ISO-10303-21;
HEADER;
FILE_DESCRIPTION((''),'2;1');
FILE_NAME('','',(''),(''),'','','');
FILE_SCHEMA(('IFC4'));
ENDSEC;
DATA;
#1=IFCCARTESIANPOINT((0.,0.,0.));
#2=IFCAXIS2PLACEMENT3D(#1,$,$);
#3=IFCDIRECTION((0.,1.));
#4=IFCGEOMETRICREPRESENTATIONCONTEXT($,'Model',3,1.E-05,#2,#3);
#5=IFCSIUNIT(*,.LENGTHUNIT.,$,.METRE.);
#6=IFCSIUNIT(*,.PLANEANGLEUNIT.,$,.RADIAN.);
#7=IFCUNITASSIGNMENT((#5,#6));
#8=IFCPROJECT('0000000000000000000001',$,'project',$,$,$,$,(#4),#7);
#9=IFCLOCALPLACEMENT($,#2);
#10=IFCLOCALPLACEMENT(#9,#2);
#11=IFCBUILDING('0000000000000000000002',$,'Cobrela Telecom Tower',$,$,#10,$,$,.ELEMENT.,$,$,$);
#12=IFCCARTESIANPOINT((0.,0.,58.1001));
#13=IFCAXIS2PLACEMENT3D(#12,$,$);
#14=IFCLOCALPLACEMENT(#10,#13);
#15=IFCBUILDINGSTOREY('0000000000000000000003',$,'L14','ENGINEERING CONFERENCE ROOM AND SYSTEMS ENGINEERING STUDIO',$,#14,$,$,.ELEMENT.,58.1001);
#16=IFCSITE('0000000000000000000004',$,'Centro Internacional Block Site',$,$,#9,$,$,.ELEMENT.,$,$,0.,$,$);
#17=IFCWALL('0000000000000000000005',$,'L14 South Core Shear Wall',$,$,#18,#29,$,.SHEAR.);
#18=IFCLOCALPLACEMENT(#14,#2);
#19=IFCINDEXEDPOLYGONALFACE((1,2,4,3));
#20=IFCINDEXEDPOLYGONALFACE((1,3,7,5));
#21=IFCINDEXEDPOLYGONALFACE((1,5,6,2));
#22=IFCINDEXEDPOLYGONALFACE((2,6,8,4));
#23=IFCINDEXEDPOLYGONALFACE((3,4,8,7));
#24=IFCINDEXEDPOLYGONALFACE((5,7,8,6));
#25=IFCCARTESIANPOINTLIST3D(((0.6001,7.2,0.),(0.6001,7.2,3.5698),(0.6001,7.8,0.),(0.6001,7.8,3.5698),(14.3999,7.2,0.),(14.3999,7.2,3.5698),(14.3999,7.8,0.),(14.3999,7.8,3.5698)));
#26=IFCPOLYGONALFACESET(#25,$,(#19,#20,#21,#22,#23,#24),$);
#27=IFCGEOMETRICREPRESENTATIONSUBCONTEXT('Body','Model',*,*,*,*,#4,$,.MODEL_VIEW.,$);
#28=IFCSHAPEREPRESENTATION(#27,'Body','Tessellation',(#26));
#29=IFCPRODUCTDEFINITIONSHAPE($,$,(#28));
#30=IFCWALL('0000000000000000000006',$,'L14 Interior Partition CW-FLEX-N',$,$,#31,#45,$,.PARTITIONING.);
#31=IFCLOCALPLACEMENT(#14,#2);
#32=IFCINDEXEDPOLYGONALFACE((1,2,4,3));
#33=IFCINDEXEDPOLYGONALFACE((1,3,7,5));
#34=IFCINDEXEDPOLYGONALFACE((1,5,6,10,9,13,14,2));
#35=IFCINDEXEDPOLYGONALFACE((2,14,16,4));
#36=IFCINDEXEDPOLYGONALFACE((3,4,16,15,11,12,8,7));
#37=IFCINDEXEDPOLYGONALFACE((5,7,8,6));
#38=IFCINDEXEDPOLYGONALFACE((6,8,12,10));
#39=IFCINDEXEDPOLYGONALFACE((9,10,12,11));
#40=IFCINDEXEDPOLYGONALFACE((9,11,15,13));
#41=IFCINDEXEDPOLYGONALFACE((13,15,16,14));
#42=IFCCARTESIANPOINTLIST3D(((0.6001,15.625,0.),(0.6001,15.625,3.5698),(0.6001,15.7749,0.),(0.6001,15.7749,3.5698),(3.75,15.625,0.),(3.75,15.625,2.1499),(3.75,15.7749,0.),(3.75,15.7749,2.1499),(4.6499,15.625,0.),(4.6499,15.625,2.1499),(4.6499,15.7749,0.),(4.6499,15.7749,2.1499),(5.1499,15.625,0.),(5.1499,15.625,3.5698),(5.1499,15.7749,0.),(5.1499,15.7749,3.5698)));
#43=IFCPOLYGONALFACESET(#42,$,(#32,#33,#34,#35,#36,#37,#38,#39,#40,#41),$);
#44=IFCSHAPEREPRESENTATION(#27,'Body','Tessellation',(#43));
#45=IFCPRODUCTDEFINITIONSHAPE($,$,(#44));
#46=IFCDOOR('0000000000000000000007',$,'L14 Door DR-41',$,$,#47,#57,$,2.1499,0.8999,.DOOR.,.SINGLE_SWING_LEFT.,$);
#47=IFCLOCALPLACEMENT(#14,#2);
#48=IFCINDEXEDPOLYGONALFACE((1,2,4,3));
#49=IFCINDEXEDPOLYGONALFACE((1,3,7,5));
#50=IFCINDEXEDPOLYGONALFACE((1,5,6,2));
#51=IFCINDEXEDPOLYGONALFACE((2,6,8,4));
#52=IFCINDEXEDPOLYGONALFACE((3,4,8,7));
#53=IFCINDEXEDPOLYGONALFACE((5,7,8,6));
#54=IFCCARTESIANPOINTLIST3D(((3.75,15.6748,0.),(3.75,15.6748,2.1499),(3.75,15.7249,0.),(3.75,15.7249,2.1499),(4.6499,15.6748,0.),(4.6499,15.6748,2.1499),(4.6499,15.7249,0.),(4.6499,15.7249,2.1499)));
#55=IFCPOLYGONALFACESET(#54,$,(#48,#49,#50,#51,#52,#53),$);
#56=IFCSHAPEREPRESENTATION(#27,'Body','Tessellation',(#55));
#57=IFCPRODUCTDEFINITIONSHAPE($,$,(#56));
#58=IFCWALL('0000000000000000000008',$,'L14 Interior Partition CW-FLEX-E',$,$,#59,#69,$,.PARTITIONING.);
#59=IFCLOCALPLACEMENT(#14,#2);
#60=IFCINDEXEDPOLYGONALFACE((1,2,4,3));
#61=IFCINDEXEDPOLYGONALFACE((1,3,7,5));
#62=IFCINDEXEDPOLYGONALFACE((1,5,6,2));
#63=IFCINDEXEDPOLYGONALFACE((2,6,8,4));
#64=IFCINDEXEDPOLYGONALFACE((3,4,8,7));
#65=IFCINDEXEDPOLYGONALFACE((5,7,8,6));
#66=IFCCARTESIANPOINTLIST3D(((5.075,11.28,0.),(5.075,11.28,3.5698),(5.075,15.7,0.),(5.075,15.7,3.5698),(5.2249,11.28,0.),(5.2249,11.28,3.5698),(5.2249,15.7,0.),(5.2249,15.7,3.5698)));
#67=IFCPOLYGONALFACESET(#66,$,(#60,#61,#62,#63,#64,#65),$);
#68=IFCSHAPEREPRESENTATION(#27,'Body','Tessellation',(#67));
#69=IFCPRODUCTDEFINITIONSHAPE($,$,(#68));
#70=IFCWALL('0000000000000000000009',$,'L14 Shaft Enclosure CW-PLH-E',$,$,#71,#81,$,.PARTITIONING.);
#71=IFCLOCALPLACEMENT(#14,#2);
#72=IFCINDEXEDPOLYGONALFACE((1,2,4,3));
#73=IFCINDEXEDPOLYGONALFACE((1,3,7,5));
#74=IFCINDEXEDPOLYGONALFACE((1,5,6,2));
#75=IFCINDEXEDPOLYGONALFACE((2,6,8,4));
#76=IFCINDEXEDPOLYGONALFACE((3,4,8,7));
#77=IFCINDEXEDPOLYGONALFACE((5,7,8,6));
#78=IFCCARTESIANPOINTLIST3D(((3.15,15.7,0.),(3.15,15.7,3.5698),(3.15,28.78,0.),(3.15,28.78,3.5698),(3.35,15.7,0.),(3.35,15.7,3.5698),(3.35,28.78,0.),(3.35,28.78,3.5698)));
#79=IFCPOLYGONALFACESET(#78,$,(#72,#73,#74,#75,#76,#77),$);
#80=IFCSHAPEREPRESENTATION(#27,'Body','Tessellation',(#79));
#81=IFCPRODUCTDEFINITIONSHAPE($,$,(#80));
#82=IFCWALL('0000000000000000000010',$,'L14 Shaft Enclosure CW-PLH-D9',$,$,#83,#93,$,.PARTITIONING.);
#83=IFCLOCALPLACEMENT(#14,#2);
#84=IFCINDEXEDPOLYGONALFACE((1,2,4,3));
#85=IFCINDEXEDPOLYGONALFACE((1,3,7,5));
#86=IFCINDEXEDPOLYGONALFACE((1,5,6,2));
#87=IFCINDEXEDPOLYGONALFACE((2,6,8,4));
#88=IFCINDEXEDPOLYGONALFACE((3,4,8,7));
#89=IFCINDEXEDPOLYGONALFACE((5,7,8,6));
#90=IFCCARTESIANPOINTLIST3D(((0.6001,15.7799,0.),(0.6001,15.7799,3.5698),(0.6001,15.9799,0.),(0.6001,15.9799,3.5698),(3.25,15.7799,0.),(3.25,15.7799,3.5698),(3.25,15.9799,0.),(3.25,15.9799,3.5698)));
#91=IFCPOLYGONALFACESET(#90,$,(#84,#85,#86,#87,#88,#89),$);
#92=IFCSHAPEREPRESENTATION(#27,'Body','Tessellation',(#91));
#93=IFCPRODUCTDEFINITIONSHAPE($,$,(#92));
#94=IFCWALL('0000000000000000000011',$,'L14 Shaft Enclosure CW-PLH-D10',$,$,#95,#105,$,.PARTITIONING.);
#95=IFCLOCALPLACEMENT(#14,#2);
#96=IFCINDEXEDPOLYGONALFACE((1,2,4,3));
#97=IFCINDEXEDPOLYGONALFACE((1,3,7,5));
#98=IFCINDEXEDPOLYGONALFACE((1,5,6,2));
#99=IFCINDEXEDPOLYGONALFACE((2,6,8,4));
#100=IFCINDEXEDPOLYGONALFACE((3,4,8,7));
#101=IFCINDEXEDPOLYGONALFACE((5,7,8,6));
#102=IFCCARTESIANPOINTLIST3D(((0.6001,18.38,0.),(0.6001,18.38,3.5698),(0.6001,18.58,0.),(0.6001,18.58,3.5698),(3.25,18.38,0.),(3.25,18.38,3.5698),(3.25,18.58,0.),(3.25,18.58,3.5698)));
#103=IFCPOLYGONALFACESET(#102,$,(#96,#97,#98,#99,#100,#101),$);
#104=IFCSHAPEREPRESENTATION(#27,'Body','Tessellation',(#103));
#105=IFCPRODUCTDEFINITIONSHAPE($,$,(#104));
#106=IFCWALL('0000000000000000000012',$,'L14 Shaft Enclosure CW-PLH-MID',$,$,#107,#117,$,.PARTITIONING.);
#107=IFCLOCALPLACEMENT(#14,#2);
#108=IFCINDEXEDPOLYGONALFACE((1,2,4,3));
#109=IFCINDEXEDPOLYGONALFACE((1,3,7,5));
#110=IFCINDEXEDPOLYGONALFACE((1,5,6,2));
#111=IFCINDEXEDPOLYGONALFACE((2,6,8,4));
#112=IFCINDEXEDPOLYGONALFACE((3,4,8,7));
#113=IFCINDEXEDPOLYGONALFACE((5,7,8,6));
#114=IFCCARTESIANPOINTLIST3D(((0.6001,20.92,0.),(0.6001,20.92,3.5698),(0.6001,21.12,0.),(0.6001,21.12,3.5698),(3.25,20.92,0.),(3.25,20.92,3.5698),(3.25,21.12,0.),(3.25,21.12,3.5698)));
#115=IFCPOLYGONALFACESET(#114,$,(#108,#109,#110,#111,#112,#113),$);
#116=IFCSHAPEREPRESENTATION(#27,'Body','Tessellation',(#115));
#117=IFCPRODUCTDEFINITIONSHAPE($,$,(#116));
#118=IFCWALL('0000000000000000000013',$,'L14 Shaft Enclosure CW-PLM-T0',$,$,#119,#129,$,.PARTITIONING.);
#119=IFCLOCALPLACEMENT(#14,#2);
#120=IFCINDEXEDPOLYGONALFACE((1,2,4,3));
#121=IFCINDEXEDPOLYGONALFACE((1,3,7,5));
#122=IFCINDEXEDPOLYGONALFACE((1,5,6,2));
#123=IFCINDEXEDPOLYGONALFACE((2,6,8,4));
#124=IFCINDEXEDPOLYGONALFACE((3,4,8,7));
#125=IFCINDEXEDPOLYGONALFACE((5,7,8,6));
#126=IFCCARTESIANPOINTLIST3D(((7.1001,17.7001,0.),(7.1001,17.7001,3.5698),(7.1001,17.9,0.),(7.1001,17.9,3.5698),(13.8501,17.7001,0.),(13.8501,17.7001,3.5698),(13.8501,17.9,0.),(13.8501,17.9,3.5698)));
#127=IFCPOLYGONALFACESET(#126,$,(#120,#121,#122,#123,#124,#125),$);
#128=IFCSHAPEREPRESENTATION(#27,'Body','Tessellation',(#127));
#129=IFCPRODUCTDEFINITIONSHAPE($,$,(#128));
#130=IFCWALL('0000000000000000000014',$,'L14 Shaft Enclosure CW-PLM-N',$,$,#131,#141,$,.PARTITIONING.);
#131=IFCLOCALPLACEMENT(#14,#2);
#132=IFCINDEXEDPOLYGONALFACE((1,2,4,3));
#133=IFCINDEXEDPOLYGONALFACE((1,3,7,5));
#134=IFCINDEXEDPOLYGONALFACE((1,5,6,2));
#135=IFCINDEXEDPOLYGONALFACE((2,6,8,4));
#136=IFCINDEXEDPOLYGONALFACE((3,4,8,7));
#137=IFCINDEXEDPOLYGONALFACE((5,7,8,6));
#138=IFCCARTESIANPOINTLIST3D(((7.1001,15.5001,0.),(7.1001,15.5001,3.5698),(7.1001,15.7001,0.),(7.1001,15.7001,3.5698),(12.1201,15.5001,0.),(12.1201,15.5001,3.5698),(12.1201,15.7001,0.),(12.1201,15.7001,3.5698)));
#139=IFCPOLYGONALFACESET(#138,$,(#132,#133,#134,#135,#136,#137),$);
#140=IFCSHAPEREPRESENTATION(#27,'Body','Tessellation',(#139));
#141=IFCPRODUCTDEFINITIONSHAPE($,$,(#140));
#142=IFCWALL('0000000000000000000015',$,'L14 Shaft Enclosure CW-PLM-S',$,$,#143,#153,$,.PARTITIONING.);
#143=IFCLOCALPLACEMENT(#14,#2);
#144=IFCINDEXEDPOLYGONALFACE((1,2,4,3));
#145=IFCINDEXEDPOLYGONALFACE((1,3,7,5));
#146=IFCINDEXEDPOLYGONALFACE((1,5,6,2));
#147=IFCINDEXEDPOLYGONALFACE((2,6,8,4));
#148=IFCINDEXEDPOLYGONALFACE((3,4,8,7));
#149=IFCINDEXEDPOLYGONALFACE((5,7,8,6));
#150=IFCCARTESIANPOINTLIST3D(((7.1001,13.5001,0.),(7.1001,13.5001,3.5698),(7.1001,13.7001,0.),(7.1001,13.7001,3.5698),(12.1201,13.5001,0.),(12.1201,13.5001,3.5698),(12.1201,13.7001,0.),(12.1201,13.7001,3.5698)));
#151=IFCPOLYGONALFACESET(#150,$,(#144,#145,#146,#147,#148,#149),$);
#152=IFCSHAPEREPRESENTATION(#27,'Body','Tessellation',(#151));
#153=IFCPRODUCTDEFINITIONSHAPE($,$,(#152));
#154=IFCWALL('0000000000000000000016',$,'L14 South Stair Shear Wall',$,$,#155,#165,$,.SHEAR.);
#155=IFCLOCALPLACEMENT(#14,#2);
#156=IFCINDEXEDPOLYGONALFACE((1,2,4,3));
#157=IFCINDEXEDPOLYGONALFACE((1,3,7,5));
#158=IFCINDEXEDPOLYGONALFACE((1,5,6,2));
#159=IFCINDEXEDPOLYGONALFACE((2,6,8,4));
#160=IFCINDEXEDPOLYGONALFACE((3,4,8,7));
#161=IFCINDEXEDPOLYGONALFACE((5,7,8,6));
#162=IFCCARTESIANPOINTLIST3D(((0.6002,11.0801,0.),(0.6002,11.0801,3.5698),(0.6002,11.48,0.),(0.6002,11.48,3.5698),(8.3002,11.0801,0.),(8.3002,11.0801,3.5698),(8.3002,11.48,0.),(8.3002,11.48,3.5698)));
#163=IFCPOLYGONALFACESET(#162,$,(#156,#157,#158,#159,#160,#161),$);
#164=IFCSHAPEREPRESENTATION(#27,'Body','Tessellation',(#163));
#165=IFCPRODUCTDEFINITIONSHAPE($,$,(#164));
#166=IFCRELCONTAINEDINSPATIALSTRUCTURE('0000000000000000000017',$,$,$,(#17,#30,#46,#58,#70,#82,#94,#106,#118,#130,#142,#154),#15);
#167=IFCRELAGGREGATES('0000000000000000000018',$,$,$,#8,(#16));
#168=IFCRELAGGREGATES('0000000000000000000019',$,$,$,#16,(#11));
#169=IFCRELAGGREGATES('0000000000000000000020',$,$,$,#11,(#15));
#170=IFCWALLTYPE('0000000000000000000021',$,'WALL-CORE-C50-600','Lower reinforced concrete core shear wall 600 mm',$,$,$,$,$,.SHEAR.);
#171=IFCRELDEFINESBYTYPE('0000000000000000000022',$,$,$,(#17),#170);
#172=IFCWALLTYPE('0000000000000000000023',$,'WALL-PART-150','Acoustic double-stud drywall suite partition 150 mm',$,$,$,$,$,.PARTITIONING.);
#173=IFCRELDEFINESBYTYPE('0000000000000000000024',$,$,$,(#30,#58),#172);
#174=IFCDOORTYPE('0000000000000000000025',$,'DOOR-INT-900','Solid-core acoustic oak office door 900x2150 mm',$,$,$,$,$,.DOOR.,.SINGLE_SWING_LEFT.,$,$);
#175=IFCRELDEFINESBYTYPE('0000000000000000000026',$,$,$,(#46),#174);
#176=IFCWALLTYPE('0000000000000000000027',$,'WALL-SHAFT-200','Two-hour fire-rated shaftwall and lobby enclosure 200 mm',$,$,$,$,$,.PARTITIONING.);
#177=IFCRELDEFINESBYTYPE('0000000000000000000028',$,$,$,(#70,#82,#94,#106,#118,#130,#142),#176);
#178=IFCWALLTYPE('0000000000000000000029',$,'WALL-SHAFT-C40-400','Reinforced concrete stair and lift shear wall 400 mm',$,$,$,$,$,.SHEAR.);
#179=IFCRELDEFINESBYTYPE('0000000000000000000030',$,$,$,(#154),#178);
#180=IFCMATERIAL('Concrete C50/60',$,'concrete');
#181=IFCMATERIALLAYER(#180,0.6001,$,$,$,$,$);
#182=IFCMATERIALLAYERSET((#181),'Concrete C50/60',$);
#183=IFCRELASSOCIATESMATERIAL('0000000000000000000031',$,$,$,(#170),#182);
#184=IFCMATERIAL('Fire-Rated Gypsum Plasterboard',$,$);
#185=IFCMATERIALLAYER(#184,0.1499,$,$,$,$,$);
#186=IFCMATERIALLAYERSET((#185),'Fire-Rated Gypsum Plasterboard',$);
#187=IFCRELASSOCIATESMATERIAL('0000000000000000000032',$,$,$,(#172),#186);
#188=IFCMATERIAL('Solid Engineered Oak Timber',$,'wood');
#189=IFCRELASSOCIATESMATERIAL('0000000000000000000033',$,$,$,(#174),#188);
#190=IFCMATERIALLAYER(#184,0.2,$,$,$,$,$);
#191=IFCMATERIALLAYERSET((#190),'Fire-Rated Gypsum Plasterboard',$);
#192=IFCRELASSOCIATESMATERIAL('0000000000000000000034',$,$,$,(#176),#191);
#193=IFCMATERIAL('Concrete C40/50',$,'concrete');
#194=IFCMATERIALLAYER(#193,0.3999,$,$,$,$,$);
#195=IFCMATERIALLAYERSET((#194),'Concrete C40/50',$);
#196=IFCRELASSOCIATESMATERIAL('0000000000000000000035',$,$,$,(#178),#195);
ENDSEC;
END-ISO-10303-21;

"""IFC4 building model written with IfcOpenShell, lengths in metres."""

from ifc_helpers import new_model, si_unit, direction, frame, frame_2d, origin, place, context, subcontext, project, spatial, rectangle, extrude, material, layer, layer_set, type_object, element, fill, save


model = new_model("IFC4")

# Units and contexts
model_context = context("Model", 3, precision=1e-05, world=origin(), true_north=direction((0.0, 1.0)))
body_context = subcontext(model_context, "Body", "Model", "MODEL_VIEW")
ifc_project = project(units=[si_unit("LENGTHUNIT", "METRE"), si_unit("PLANEANGLEUNIT", "RADIAN")], contexts=[model_context])

# Site, building, storey
site_placement = place(None, origin())
site = spatial("IfcSite", under=ifc_project, at=site_placement, Name="Centro Internacional Block Site", CompositionType="ELEMENT", RefElevation=0.0)
building_placement = place(site_placement, origin())
building = spatial("IfcBuilding", under=site, at=building_placement, Name="Cobrela Telecom Tower", CompositionType="ELEMENT")
storey_placement = place(building_placement, frame((0.0, 0.0, 58.1001)))
storey = spatial("IfcBuildingStorey", under=building, at=storey_placement, Name="L14", Description="ENGINEERING CONFERENCE ROOM AND SYSTEMS ENGINEERING STUDIO", CompositionType="ELEMENT", Elevation=58.1001)

# Wall
ifc_material_1 = material(Name="Concrete C50/60", Category="concrete")
ifc_layer_1 = layer(ifc_material_1, 0.6001)
ifc_layer_set_1 = layer_set([ifc_layer_1], Name="Concrete C50/60")
wall_type_1 = type_object("IfcWallType", Name="WALL-CORE-C50-600", Description="Lower reinforced concrete core shear wall 600 mm", PredefinedType="SHEAR", material=ifc_layer_set_1)
wall_1_placement = place(storey_placement, frame((0.6001, 7.5, 0.0), z_axis=(0.0, 0.0, 1.0), x_axis=(1.0, 0.0, 0.0)))
element("IfcWall", 1, at=wall_1_placement, inside=storey, type_object=wall_type_1, Name="L14 South Core Shear Wall", PredefinedType="SHEAR", context=body_context, shape_type="SweptSolid", body=[
    extrude(rectangle(XDim=13.7998, YDim=0.6001, at=frame_2d((6.8999, 0.0))), origin(), (0.0, 0.0, 1.0), 3.5698),
])

# Wall, opening, door
ifc_material_2 = material(Name="Fire-Rated Gypsum Plasterboard")
ifc_layer_2 = layer(ifc_material_2, 0.1499)
ifc_layer_set_2 = layer_set([ifc_layer_2], Name="Fire-Rated Gypsum Plasterboard")
wall_type_2 = type_object("IfcWallType", Name="WALL-PART-150", Description="Acoustic double-stud drywall suite partition 150 mm", PredefinedType="PARTITIONING", material=ifc_layer_set_2)
wall_2_placement = place(storey_placement, frame((0.6001, 15.7, 0.0), z_axis=(0.0, 0.0, 1.0), x_axis=(1.0, 0.0, 0.0)))
wall_2 = element("IfcWall", 2, at=wall_2_placement, inside=storey, type_object=wall_type_2, Name="L14 Interior Partition CW-FLEX-N", PredefinedType="PARTITIONING", context=body_context, shape_type="SweptSolid", body=[
    extrude(rectangle(XDim=4.5498, YDim=0.1499, at=frame_2d((2.2749, 0.0))), origin(), (0.0, 0.0, 1.0), 3.5698),
])
opening_placement = place(wall_2_placement, frame((3.1499, 0.0, 0.0)))
opening = element("IfcOpeningElement", 3, at=opening_placement, cuts=wall_2, PredefinedType="OPENING", context=body_context, shape_type="SweptSolid", body=[
    extrude(rectangle(XDim=0.8999, YDim=2.1499, at=frame_2d((0.45, 1.075))), frame((0.0, 0.0869, 0.0), z_axis=(0.0, -1.0, 0.0), x_axis=(1.0, 0.0, 0.0)), (0.0, 0.0, 1.0), 0.1738),
])
ifc_material_3 = material(Name="Solid Engineered Oak Timber", Category="wood")
door_type = type_object("IfcDoorType", Name="DOOR-INT-900", Description="Solid-core acoustic oak office door 900x2150 mm", OperationType="SINGLE_SWING_LEFT", PredefinedType="DOOR", material=ifc_material_3)
door_placement = place(opening_placement, origin())
door = element("IfcDoor", 4, at=door_placement, inside=storey, type_object=door_type, Name="L14 Door DR-41", OperationType="SINGLE_SWING_LEFT", OverallHeight=2.1499, OverallWidth=0.8999, PredefinedType="DOOR", context=body_context, shape_type="SweptSolid", body=[
    extrude(rectangle(XDim=0.8999, YDim=2.1499, at=frame_2d((0.45, 1.075))), frame((0.0, 0.0249, 0.0), z_axis=(0.0, -1.0, 0.0), x_axis=(1.0, 0.0, 0.0)), (0.0, 0.0, 1.0), 0.05),
])
fill(opening, door)

# Walls
wall_3_placement = place(storey_placement, frame((5.1499, 11.28, 0.0), z_axis=(0.0, 0.0, 1.0), x_axis=(0.0, 1.0, 0.0)))
element("IfcWall", 5, at=wall_3_placement, inside=storey, type_object=wall_type_2, Name="L14 Interior Partition CW-FLEX-E", PredefinedType="PARTITIONING", context=body_context, shape_type="SweptSolid", body=[
    extrude(rectangle(XDim=4.4199, YDim=0.1499, at=frame_2d((2.21, 0.0))), origin(), (0.0, 0.0, 1.0), 3.5698),
])
ifc_layer_3 = layer(ifc_material_2, 0.2)
ifc_layer_set_3 = layer_set([ifc_layer_3], Name="Fire-Rated Gypsum Plasterboard")
wall_type_3 = type_object("IfcWallType", Name="WALL-SHAFT-200", Description="Two-hour fire-rated shaftwall and lobby enclosure 200 mm", PredefinedType="PARTITIONING", material=ifc_layer_set_3)
wall_4_placement = place(storey_placement, frame((3.25, 15.7, 0.0), z_axis=(0.0, 0.0, 1.0), x_axis=(0.0, 1.0, 0.0)))
element("IfcWall", 6, at=wall_4_placement, inside=storey, type_object=wall_type_3, Name="L14 Shaft Enclosure CW-PLH-E", PredefinedType="PARTITIONING", context=body_context, shape_type="SweptSolid", body=[
    extrude(rectangle(XDim=13.0801, YDim=0.2, at=frame_2d((6.54, 0.0))), origin(), (0.0, 0.0, 1.0), 3.5698),
])
for number, where, z_axis, x_axis, name in (
    (7, (0.6001, 15.8799, 0.0), (0.0, 0.0, 1.0), (1.0, 0.0, 0.0), "L14 Shaft Enclosure CW-PLH-D9"),
    (8, (0.6001, 18.48, 0.0), (0.0, 0.0, 1.0), (1.0, 0.0, 0.0), "L14 Shaft Enclosure CW-PLH-D10"),
    (9, (0.6001, 21.02, 0.0), (0.0, 0.0, 1.0), (1.0, 0.0, 0.0), "L14 Shaft Enclosure CW-PLH-MID"),
):
    element("IfcWall", number, at=place(storey_placement, frame(where, z_axis=z_axis, x_axis=x_axis)), inside=storey, type_object=wall_type_3, Name=name, PredefinedType="PARTITIONING", context=body_context, shape_type="SweptSolid", body=[
        extrude(rectangle(XDim=2.6499, YDim=0.2, at=frame_2d((1.325, 0.0))), origin(), (0.0, 0.0, 1.0), 3.5698),
    ])
wall_5_placement = place(storey_placement, frame((7.1001, 17.8, 0.0), z_axis=(0.0, 0.0, 1.0), x_axis=(1.0, 0.0, 0.0)))
element("IfcWall", 10, at=wall_5_placement, inside=storey, type_object=wall_type_3, Name="L14 Shaft Enclosure CW-PLM-T0", PredefinedType="PARTITIONING", context=body_context, shape_type="SweptSolid", body=[
    extrude(rectangle(XDim=6.75, YDim=0.2, at=frame_2d((3.375, 0.0))), origin(), (0.0, 0.0, 1.0), 3.5698),
])
for number, where, z_axis, x_axis, name in (
    (11, (7.1001, 15.6001, 0.0), (0.0, 0.0, 1.0), (1.0, 0.0, 0.0), "L14 Shaft Enclosure CW-PLM-N"),
    (12, (7.1001, 13.6001, 0.0), (0.0, 0.0, 1.0), (1.0, 0.0, 0.0), "L14 Shaft Enclosure CW-PLM-S"),
):
    element("IfcWall", number, at=place(storey_placement, frame(where, z_axis=z_axis, x_axis=x_axis)), inside=storey, type_object=wall_type_3, Name=name, PredefinedType="PARTITIONING", context=body_context, shape_type="SweptSolid", body=[
        extrude(rectangle(XDim=5.02, YDim=0.2, at=frame_2d((2.51, 0.0))), origin(), (0.0, 0.0, 1.0), 3.5698),
    ])
ifc_material_4 = material(Name="Concrete C40/50", Category="concrete")
ifc_layer_4 = layer(ifc_material_4, 0.3999)
ifc_layer_set_4 = layer_set([ifc_layer_4], Name="Concrete C40/50")
wall_type_4 = type_object("IfcWallType", Name="WALL-SHAFT-C40-400", Description="Reinforced concrete stair and lift shear wall 400 mm", PredefinedType="SHEAR", material=ifc_layer_set_4)
wall_6_placement = place(storey_placement, frame((0.6001, 11.28, 0.0), z_axis=(0.0, 0.0, 1.0), x_axis=(1.0, 0.0, 0.0)))
element("IfcWall", 13, at=wall_6_placement, inside=storey, type_object=wall_type_4, Name="L14 South Stair Shear Wall", PredefinedType="SHEAR", context=body_context, shape_type="SweptSolid", body=[
    extrude(rectangle(XDim=7.7, YDim=0.3999, at=frame_2d((3.8501, 0.0))), origin(), (0.0, 0.0, 1.0), 3.5698),
])

save(model, "model.ifc")
